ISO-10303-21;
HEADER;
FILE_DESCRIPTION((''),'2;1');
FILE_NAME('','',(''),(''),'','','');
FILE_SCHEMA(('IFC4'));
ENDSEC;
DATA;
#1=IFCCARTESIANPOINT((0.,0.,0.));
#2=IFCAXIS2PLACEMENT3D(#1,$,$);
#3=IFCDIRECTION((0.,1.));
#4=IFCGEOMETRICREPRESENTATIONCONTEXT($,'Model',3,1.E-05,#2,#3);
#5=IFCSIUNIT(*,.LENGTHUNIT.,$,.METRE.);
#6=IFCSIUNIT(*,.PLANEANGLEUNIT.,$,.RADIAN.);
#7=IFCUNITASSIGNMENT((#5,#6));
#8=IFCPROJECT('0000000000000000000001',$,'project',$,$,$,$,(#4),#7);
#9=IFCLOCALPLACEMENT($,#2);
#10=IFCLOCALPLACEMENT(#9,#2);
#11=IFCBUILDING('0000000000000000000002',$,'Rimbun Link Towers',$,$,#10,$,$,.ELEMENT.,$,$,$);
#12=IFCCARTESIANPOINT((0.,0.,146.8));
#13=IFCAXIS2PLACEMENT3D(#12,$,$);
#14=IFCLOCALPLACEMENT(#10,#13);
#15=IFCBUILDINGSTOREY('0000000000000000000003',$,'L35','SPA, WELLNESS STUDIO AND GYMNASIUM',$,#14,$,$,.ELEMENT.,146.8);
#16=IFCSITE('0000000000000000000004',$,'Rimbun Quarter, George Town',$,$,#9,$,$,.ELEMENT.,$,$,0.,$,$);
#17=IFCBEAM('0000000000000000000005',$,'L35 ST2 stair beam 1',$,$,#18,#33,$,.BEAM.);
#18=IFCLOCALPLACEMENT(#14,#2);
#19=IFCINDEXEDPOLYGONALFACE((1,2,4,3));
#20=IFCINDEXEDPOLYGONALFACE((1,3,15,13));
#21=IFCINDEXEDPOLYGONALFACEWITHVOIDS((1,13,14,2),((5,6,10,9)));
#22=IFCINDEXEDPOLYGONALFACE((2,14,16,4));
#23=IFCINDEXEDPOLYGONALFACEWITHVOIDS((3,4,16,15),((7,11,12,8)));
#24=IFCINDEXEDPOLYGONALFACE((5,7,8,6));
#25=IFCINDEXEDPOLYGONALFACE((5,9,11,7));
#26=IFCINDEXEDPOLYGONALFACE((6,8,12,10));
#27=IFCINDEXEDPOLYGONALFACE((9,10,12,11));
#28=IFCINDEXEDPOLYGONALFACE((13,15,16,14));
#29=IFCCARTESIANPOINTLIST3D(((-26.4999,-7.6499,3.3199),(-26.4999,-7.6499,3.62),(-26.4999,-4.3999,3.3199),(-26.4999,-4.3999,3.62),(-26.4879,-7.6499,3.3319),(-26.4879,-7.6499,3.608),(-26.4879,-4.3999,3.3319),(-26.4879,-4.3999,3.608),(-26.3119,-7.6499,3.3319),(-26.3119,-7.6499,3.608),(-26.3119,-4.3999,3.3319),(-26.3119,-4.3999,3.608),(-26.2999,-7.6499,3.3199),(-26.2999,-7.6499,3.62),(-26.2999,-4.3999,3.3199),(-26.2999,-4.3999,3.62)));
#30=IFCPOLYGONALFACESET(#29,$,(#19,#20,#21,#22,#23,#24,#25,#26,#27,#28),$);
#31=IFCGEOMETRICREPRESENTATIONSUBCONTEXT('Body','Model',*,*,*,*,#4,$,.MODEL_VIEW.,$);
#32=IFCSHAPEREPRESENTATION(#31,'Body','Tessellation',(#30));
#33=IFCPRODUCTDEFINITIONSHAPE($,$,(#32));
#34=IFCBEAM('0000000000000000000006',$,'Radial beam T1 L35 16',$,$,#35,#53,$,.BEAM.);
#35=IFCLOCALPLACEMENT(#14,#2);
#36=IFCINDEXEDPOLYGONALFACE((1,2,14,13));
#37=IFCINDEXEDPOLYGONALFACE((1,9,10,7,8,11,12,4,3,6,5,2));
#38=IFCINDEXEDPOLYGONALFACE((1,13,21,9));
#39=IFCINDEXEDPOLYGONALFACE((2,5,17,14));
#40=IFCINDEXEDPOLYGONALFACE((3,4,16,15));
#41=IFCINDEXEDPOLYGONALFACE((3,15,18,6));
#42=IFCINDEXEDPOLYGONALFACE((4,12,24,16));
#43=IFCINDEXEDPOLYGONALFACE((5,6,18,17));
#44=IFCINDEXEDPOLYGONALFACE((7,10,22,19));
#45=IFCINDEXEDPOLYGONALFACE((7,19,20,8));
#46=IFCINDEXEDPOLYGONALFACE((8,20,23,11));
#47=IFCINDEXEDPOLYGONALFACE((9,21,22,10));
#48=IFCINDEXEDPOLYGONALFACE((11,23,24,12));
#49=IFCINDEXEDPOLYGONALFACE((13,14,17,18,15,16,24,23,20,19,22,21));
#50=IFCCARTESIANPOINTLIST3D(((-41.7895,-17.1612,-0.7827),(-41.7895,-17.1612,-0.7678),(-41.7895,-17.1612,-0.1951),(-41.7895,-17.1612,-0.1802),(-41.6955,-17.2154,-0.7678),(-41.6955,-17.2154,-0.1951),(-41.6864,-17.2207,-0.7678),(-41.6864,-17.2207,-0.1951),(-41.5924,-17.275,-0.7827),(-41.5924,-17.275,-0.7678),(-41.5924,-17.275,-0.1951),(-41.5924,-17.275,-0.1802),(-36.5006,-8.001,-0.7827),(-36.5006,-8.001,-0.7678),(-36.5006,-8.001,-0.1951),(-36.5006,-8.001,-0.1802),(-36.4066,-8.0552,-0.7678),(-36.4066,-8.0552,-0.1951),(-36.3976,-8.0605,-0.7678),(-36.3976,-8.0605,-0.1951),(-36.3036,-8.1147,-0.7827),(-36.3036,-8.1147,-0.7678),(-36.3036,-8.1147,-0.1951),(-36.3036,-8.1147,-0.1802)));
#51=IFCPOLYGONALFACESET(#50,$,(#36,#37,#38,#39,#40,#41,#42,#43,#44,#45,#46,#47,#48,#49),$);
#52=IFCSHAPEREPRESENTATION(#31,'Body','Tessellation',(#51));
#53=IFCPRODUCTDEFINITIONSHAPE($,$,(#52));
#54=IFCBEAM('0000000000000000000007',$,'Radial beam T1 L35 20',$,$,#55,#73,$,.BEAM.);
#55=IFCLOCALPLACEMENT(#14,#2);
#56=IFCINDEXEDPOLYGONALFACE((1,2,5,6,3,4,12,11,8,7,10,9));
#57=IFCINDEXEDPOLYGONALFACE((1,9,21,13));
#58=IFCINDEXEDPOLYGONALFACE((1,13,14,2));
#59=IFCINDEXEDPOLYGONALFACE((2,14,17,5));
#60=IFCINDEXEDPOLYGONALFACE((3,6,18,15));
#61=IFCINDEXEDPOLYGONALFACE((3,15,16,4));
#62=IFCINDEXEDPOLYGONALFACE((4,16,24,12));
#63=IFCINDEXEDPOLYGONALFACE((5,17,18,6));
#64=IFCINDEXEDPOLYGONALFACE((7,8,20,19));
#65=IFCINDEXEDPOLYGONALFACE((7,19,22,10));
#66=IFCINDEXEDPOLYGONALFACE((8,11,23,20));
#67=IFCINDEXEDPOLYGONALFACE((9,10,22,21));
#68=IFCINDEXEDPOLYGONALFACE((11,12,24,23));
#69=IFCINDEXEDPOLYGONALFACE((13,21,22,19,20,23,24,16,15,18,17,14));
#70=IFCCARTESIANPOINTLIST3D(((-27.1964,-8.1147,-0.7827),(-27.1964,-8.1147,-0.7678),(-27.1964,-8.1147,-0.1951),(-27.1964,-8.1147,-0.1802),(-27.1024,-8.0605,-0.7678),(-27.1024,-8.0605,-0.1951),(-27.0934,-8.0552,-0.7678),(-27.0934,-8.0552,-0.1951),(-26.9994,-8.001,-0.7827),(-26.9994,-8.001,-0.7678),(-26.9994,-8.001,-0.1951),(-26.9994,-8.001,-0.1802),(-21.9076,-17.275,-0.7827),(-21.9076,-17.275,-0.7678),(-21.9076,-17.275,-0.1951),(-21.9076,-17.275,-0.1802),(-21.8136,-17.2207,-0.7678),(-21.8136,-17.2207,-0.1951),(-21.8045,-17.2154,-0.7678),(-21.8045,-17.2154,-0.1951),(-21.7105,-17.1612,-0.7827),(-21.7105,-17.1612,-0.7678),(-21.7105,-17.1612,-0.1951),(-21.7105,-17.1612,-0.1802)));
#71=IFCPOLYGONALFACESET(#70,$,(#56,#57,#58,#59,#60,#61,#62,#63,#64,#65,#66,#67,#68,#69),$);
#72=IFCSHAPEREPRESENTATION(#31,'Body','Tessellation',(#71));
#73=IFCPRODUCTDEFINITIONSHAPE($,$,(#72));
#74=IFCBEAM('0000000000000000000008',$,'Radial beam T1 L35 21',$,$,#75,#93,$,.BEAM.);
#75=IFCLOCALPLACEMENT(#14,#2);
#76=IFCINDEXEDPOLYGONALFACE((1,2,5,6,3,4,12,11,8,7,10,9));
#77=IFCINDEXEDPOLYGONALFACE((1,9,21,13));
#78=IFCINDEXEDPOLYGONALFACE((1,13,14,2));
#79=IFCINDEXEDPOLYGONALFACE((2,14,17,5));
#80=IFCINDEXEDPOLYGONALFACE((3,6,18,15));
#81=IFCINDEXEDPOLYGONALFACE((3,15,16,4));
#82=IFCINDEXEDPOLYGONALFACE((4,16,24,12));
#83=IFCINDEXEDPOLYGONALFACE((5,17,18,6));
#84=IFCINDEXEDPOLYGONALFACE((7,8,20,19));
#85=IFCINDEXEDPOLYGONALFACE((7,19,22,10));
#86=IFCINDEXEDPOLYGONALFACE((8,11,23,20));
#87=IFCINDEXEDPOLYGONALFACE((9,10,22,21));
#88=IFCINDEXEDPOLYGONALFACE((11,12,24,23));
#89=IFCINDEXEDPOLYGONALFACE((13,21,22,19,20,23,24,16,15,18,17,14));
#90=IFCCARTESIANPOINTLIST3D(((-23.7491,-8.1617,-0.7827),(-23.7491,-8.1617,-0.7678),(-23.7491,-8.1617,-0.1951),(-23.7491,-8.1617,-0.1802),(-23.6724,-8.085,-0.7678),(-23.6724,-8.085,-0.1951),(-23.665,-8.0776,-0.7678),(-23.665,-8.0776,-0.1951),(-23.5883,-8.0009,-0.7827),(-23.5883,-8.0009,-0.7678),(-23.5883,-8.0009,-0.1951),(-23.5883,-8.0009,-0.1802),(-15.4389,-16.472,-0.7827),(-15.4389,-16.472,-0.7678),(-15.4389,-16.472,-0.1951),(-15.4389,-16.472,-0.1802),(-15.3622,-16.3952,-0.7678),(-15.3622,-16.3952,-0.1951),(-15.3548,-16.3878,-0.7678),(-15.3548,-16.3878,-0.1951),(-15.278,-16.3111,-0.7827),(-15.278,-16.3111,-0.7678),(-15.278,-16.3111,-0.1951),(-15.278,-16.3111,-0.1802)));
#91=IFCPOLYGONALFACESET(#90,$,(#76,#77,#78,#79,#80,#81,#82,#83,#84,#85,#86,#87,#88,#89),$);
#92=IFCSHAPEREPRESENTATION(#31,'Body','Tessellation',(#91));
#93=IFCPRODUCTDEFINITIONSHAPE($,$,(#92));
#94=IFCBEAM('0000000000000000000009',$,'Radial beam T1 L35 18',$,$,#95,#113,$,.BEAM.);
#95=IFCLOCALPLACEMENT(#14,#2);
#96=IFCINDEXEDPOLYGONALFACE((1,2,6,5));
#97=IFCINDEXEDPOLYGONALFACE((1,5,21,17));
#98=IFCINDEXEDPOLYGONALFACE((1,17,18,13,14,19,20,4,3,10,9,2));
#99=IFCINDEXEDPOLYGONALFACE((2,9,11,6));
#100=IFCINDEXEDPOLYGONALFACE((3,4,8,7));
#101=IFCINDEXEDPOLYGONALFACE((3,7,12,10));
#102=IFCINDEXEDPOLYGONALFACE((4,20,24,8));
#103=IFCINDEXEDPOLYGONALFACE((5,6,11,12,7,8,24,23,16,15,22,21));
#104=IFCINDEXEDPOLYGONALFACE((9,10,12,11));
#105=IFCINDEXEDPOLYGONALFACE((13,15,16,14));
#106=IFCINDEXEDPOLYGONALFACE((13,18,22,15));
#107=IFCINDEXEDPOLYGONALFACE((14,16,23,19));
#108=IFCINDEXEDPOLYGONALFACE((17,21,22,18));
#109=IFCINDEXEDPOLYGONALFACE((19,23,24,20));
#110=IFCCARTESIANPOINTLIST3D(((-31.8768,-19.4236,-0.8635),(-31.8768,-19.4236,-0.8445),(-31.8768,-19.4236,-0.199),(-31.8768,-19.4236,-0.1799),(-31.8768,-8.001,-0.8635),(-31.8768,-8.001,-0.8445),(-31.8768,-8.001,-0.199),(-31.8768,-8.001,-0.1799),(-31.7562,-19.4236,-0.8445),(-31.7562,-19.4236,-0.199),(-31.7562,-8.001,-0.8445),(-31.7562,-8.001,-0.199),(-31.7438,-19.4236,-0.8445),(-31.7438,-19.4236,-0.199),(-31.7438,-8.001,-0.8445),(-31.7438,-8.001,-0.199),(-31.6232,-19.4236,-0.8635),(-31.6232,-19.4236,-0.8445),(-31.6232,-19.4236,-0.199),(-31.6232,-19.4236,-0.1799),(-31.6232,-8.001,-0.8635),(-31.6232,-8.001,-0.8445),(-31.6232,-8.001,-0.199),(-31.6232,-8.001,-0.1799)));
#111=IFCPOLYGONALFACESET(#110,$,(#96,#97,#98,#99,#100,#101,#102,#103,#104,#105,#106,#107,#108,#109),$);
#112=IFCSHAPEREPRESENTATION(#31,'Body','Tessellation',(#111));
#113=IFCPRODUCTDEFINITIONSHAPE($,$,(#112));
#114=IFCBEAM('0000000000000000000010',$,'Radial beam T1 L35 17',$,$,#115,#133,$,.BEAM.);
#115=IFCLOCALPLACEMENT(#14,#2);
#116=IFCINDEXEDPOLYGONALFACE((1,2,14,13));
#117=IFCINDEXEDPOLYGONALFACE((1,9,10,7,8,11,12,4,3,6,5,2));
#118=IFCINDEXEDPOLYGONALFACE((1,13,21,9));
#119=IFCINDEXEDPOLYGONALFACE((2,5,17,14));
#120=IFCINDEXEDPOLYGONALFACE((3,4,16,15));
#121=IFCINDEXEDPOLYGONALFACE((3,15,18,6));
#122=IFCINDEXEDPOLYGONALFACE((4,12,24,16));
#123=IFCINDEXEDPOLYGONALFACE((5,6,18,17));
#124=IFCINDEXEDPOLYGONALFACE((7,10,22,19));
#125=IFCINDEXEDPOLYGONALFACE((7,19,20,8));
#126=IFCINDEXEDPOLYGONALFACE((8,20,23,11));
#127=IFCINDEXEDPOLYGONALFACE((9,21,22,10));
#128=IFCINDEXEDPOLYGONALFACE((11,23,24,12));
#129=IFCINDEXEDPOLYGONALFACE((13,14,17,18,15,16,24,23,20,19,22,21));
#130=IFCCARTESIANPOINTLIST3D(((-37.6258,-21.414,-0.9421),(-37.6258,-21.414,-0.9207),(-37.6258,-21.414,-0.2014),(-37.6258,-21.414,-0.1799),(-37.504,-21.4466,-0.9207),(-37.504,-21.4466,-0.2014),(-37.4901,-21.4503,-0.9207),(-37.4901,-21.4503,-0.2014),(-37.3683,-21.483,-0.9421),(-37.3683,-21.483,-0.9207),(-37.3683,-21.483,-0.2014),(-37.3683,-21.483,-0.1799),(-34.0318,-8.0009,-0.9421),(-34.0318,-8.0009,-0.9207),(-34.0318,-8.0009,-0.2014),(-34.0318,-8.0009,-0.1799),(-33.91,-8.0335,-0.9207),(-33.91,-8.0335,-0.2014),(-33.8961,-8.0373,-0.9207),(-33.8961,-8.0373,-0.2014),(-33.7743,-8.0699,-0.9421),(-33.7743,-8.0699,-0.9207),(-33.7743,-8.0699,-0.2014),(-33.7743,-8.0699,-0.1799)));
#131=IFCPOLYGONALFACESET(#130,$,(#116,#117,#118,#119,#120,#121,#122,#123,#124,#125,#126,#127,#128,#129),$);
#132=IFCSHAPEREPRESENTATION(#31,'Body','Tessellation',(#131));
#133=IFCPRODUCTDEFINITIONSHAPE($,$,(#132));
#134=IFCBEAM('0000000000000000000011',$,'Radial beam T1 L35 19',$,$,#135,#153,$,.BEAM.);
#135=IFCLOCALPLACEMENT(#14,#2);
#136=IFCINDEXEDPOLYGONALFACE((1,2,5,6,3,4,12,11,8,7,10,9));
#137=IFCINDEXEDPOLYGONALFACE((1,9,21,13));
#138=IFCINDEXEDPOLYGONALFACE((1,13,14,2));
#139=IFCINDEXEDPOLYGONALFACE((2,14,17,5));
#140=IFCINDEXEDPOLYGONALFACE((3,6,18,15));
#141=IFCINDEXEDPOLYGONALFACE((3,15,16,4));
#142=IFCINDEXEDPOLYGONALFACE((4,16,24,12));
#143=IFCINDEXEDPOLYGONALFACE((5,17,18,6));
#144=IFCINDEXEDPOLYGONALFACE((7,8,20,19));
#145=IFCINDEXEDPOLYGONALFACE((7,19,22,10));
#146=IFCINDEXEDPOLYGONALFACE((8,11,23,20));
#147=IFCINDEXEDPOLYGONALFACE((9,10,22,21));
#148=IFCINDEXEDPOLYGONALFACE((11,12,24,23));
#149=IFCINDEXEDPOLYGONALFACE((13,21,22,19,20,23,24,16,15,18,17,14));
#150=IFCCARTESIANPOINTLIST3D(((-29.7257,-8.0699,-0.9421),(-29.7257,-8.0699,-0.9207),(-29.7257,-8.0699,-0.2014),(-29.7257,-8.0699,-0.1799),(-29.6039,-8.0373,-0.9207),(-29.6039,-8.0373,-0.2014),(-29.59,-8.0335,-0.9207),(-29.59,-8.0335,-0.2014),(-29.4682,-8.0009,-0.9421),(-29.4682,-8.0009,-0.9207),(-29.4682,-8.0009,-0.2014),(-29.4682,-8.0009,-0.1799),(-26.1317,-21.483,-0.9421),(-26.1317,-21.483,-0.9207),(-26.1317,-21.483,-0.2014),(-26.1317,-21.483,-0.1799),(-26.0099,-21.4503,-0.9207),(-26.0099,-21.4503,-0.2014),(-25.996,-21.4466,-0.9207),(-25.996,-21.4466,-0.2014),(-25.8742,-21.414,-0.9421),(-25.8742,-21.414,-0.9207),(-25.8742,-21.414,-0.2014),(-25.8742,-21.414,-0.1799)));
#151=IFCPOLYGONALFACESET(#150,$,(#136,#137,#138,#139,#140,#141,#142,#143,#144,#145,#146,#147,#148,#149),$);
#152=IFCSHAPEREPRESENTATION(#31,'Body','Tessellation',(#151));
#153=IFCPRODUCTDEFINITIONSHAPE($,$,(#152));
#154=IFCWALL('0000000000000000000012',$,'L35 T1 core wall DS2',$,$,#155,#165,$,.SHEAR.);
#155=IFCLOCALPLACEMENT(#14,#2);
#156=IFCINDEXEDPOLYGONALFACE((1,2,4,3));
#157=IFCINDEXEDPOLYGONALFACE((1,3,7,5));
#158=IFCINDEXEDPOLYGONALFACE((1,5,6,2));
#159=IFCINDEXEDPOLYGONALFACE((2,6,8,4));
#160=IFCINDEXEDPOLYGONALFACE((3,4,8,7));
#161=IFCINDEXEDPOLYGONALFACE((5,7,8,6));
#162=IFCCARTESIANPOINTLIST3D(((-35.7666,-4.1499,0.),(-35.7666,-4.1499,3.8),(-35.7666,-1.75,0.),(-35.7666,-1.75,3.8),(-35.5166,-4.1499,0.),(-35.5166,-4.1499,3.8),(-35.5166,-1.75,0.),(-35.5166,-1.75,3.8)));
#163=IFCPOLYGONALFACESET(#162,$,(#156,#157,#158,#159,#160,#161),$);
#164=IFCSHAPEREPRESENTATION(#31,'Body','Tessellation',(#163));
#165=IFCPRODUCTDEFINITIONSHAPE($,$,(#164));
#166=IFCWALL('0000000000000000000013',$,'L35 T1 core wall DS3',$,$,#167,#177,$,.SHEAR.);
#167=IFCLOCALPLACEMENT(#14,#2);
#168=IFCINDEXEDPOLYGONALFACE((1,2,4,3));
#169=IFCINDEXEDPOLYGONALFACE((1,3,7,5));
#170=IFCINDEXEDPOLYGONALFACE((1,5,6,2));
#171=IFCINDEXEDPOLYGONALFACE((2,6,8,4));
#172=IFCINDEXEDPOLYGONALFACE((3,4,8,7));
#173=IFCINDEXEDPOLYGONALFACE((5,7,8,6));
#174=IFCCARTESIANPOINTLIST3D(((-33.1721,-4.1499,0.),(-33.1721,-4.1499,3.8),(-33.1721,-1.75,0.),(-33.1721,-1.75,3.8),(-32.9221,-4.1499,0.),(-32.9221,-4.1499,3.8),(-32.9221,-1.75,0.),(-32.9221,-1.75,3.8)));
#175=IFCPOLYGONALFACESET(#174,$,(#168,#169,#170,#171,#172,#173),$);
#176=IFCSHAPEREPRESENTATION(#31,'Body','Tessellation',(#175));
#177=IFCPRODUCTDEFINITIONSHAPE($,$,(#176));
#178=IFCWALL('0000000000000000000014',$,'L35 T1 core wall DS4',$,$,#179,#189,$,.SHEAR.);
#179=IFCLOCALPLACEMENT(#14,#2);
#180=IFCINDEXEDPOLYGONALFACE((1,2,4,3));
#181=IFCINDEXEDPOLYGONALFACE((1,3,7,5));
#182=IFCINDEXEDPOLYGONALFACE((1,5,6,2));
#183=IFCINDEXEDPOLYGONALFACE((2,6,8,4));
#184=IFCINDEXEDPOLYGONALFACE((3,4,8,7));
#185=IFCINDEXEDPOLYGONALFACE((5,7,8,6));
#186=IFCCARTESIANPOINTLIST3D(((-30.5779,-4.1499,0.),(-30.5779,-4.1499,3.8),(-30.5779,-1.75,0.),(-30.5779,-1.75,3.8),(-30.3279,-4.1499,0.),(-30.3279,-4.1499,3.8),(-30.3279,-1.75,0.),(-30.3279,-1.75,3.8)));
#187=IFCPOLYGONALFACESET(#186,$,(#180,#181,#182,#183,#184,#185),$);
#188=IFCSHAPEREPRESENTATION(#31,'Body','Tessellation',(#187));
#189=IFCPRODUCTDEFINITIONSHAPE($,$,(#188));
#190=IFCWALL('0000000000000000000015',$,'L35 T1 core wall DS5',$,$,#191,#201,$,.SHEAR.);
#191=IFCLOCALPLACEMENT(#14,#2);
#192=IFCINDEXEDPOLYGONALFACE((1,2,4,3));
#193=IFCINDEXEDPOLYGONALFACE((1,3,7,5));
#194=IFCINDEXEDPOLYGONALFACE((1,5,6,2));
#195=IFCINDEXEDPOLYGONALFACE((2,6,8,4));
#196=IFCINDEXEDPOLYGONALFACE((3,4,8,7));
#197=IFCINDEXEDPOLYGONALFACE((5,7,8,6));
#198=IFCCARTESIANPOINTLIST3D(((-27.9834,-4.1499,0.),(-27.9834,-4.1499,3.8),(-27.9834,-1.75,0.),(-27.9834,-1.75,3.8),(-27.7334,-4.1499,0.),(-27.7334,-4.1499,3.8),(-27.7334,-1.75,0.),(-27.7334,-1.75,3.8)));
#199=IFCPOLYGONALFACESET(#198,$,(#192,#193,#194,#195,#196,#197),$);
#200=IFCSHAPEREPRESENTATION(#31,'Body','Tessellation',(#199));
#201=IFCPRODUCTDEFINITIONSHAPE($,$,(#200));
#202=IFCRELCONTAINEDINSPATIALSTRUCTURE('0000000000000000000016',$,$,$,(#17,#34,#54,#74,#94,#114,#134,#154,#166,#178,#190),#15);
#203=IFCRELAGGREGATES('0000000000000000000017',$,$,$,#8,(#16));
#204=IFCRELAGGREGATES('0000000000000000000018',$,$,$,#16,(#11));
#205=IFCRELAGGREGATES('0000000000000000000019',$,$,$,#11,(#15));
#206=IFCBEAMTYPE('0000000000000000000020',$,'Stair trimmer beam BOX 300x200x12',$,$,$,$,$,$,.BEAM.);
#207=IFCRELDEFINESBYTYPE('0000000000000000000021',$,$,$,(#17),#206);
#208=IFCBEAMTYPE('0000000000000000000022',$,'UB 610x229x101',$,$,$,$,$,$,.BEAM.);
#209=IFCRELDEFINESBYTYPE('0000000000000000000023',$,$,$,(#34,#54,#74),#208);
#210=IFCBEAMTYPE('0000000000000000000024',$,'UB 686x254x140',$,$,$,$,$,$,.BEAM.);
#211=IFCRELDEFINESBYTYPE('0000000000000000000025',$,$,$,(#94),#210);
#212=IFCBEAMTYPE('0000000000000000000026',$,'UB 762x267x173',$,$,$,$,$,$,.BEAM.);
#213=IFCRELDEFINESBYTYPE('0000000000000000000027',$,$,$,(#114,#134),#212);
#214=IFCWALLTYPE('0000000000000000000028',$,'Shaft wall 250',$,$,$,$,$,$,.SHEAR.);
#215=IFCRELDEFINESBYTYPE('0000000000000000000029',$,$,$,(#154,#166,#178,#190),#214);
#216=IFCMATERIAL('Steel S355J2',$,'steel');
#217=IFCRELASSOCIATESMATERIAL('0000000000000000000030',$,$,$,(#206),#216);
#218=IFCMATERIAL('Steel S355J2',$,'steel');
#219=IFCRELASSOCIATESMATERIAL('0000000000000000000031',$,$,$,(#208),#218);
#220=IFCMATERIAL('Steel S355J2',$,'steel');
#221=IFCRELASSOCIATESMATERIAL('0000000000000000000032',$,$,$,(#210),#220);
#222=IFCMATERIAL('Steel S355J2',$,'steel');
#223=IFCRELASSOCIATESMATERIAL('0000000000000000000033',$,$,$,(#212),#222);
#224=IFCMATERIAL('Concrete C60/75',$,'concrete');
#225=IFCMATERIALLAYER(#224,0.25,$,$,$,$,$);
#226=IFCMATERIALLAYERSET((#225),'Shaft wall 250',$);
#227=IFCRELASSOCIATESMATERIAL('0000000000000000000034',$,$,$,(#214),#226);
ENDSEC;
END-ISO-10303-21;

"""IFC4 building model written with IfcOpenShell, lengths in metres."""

from ifc_helpers import new_model, si_unit, direction, frame, frame_2d, origin, origin_2d, place, context, subcontext, project, spatial, rectangle, hollow_rectangle, i_section, extrude, material, layer, layer_set, material_profile, profile_set, type_object, element, save


model = new_model("IFC4")

# Units and contexts
model_context = context("Model", 3, precision=1e-05, world=origin(), true_north=direction((0.0, 1.0)))
body_context = subcontext(model_context, "Body", "Model", "MODEL_VIEW")
ifc_project = project(units=[si_unit("LENGTHUNIT", "METRE"), si_unit("PLANEANGLEUNIT", "RADIAN")], contexts=[model_context])

# Site, building, storey
site_placement = place(None, origin())
site = spatial("IfcSite", under=ifc_project, at=site_placement, Name="Rimbun Quarter, George Town", CompositionType="ELEMENT", RefElevation=0.0)
building_placement = place(site_placement, origin())
building = spatial("IfcBuilding", under=site, at=building_placement, Name="Rimbun Link Towers", CompositionType="ELEMENT")
storey_placement = place(building_placement, frame((0.0, 0.0, 146.8)))
storey = spatial("IfcBuildingStorey", under=building, at=storey_placement, Name="L35", Description="SPA, WELLNESS STUDIO AND GYMNASIUM", CompositionType="ELEMENT", Elevation=146.8)

# Beams
ifc_material_1 = material(Name="Steel S355J2", Category="steel")
ifc_material_profile_1 = material_profile(ifc_material_1, hollow_rectangle(XDim=0.2, YDim=0.3, WallThickness=0.012, at=origin_2d()), Name="BOX 300x200x12")
ifc_profile_set_1 = profile_set([ifc_material_profile_1], Name="Steel S355J2")
beam_type_1 = type_object("IfcBeamType", Name="Stair trimmer beam BOX 300x200x12", PredefinedType="BEAM", material=ifc_profile_set_1)
beam_1_placement = place(storey_placement, frame((-26.3999, -7.6499, 3.47), z_axis=(0.0, 1.0, 0.0), x_axis=(-1.0, 0.0, 0.0)))
element("IfcBeam", 1, at=beam_1_placement, inside=storey, type_object=beam_type_1, Name="L35 ST2 stair beam 1", PredefinedType="BEAM", context=body_context, shape_type="SweptSolid", body=[
    extrude(hollow_rectangle(XDim=0.2, YDim=0.3, WallThickness=0.012, at=origin_2d()), origin(), (0.0, 0.0, 1.0), 3.25),
])
ifc_material_2 = material(Name="Steel S355J2", Category="steel")
ifc_material_profile_2 = material_profile(ifc_material_2, i_section(OverallWidth=0.2275, OverallDepth=0.6025, WebThickness=0.0105, FlangeThickness=0.0149, at=origin_2d()), Name="UB 610x229x101")
ifc_profile_set_2 = profile_set([ifc_material_profile_2], Name="Steel S355J2")
beam_type_2 = type_object("IfcBeamType", Name="UB 610x229x101", PredefinedType="BEAM", material=ifc_profile_set_2)
for number, where, z_axis, x_axis, name in (
    (2, (-36.4021, -8.0579, -0.4814), (-0.500014, -0.866017, 0.0), (0.866017, -0.500014, 0.0), "Radial beam T1 L35 16"),
    (3, (-27.0979, -8.0579, -0.4814), (0.500014, -0.866017, 0.0), (0.866017, 0.500014, 0.0), "Radial beam T1 L35 20"),
):
    element("IfcBeam", number, at=place(storey_placement, frame(where, z_axis=z_axis, x_axis=x_axis)), inside=storey, type_object=beam_type_2, Name=name, PredefinedType="BEAM", context=body_context, shape_type="SweptSolid", body=[
        extrude(i_section(OverallWidth=0.2275, OverallDepth=0.6025, WebThickness=0.0105, FlangeThickness=0.0149, at=origin_2d()), origin(), (0.0, 0.0, 1.0), 10.5774),
    ])
beam_2_placement = place(storey_placement, frame((-23.6687, -8.0813, -0.4814), z_axis=(0.707107, -0.707107, 0.0), x_axis=(0.707107, 0.707107, 0.0)))
element("IfcBeam", 4, at=beam_2_placement, inside=storey, type_object=beam_type_2, Name="Radial beam T1 L35 21", PredefinedType="BEAM", context=body_context, shape_type="SweptSolid", body=[
    extrude(i_section(OverallWidth=0.2275, OverallDepth=0.6025, WebThickness=0.0105, FlangeThickness=0.0149, at=origin_2d()), origin(), (0.0, 0.0, 1.0), 11.7524),
])
ifc_material_3 = material(Name="Steel S355J2", Category="steel")
ifc_material_profile_3 = material_profile(ifc_material_3, i_section(OverallWidth=0.2537, OverallDepth=0.6836, WebThickness=0.0125, FlangeThickness=0.019, at=origin_2d()), Name="UB 686x254x140")
ifc_profile_set_3 = profile_set([ifc_material_profile_3], Name="Steel S355J2")
beam_type_3 = type_object("IfcBeamType", Name="UB 686x254x140", PredefinedType="BEAM", material=ifc_profile_set_3)
beam_3_placement = place(storey_placement, frame((-31.75, -8.001, -0.5217), z_axis=(0.0, -1.0, 0.0), x_axis=(1.0, 0.0, 0.0)))
element("IfcBeam", 5, at=beam_3_placement, inside=storey, type_object=beam_type_3, Name="Radial beam T1 L35 18", PredefinedType="BEAM", context=body_context, shape_type="SweptSolid", body=[
    extrude(i_section(OverallWidth=0.2537, OverallDepth=0.6836, WebThickness=0.0125, FlangeThickness=0.019, at=origin_2d()), origin(), (0.0, 0.0, 1.0), 11.4226),
])
ifc_material_4 = material(Name="Steel S355J2", Category="steel")
ifc_material_profile_4 = material_profile(ifc_material_4, i_section(OverallWidth=0.2666, OverallDepth=0.7622, WebThickness=0.0144, FlangeThickness=0.0215, at=origin_2d()), Name="UB 762x267x173")
ifc_profile_set_4 = profile_set([ifc_material_profile_4], Name="Steel S355J2")
beam_type_4 = type_object("IfcBeamType", Name="UB 762x267x173", PredefinedType="BEAM", material=ifc_profile_set_4)
for number, where, z_axis, x_axis, name in (
    (6, (-33.9031, -8.0354, -0.561), (-0.258817, -0.965926, 0.0), (0.965926, -0.258817, 0.0), "Radial beam T1 L35 17"),
    (7, (-29.5969, -8.0354, -0.561), (0.258817, -0.965926, 0.0), (0.965926, 0.258817, 0.0), "Radial beam T1 L35 19"),
):
    element("IfcBeam", number, at=place(storey_placement, frame(where, z_axis=z_axis, x_axis=x_axis)), inside=storey, type_object=beam_type_4, Name=name, PredefinedType="BEAM", context=body_context, shape_type="SweptSolid", body=[
        extrude(i_section(OverallWidth=0.2666, OverallDepth=0.7622, WebThickness=0.0144, FlangeThickness=0.0215, at=origin_2d()), origin(), (0.0, 0.0, 1.0), 13.8862),
    ])

# Walls
ifc_material_5 = material(Name="Concrete C60/75", Category="concrete")
ifc_layer = layer(ifc_material_5, 0.25)
ifc_layer_set = layer_set([ifc_layer], Name="Shaft wall 250")
wall_type = type_object("IfcWallType", Name="Shaft wall 250", PredefinedType="SHEAR", material=ifc_layer_set)
for number, where, z_axis, x_axis, name in (
    (8, (-35.6416, -4.1499, 0.0), (0.0, 0.0, 1.0), (0.0, 1.0, 0.0), "L35 T1 core wall DS2"),
    (9, (-33.0471, -4.1499, 0.0), (0.0, 0.0, 1.0), (0.0, 1.0, 0.0), "L35 T1 core wall DS3"),
    (10, (-30.4529, -4.1499, 0.0), (0.0, 0.0, 1.0), (0.0, 1.0, 0.0), "L35 T1 core wall DS4"),
    (11, (-27.8584, -4.1499, 0.0), (0.0, 0.0, 1.0), (0.0, 1.0, 0.0), "L35 T1 core wall DS5"),
):
    element("IfcWall", number, at=place(storey_placement, frame(where, z_axis=z_axis, x_axis=x_axis)), inside=storey, type_object=wall_type, Name=name, PredefinedType="SHEAR", context=body_context, shape_type="SweptSolid", body=[
        extrude(rectangle(XDim=2.3999, YDim=0.25, at=frame_2d((1.2, 0.0))), origin(), (0.0, 0.0, 1.0), 3.8),
    ])

save(model, "model.ifc")
